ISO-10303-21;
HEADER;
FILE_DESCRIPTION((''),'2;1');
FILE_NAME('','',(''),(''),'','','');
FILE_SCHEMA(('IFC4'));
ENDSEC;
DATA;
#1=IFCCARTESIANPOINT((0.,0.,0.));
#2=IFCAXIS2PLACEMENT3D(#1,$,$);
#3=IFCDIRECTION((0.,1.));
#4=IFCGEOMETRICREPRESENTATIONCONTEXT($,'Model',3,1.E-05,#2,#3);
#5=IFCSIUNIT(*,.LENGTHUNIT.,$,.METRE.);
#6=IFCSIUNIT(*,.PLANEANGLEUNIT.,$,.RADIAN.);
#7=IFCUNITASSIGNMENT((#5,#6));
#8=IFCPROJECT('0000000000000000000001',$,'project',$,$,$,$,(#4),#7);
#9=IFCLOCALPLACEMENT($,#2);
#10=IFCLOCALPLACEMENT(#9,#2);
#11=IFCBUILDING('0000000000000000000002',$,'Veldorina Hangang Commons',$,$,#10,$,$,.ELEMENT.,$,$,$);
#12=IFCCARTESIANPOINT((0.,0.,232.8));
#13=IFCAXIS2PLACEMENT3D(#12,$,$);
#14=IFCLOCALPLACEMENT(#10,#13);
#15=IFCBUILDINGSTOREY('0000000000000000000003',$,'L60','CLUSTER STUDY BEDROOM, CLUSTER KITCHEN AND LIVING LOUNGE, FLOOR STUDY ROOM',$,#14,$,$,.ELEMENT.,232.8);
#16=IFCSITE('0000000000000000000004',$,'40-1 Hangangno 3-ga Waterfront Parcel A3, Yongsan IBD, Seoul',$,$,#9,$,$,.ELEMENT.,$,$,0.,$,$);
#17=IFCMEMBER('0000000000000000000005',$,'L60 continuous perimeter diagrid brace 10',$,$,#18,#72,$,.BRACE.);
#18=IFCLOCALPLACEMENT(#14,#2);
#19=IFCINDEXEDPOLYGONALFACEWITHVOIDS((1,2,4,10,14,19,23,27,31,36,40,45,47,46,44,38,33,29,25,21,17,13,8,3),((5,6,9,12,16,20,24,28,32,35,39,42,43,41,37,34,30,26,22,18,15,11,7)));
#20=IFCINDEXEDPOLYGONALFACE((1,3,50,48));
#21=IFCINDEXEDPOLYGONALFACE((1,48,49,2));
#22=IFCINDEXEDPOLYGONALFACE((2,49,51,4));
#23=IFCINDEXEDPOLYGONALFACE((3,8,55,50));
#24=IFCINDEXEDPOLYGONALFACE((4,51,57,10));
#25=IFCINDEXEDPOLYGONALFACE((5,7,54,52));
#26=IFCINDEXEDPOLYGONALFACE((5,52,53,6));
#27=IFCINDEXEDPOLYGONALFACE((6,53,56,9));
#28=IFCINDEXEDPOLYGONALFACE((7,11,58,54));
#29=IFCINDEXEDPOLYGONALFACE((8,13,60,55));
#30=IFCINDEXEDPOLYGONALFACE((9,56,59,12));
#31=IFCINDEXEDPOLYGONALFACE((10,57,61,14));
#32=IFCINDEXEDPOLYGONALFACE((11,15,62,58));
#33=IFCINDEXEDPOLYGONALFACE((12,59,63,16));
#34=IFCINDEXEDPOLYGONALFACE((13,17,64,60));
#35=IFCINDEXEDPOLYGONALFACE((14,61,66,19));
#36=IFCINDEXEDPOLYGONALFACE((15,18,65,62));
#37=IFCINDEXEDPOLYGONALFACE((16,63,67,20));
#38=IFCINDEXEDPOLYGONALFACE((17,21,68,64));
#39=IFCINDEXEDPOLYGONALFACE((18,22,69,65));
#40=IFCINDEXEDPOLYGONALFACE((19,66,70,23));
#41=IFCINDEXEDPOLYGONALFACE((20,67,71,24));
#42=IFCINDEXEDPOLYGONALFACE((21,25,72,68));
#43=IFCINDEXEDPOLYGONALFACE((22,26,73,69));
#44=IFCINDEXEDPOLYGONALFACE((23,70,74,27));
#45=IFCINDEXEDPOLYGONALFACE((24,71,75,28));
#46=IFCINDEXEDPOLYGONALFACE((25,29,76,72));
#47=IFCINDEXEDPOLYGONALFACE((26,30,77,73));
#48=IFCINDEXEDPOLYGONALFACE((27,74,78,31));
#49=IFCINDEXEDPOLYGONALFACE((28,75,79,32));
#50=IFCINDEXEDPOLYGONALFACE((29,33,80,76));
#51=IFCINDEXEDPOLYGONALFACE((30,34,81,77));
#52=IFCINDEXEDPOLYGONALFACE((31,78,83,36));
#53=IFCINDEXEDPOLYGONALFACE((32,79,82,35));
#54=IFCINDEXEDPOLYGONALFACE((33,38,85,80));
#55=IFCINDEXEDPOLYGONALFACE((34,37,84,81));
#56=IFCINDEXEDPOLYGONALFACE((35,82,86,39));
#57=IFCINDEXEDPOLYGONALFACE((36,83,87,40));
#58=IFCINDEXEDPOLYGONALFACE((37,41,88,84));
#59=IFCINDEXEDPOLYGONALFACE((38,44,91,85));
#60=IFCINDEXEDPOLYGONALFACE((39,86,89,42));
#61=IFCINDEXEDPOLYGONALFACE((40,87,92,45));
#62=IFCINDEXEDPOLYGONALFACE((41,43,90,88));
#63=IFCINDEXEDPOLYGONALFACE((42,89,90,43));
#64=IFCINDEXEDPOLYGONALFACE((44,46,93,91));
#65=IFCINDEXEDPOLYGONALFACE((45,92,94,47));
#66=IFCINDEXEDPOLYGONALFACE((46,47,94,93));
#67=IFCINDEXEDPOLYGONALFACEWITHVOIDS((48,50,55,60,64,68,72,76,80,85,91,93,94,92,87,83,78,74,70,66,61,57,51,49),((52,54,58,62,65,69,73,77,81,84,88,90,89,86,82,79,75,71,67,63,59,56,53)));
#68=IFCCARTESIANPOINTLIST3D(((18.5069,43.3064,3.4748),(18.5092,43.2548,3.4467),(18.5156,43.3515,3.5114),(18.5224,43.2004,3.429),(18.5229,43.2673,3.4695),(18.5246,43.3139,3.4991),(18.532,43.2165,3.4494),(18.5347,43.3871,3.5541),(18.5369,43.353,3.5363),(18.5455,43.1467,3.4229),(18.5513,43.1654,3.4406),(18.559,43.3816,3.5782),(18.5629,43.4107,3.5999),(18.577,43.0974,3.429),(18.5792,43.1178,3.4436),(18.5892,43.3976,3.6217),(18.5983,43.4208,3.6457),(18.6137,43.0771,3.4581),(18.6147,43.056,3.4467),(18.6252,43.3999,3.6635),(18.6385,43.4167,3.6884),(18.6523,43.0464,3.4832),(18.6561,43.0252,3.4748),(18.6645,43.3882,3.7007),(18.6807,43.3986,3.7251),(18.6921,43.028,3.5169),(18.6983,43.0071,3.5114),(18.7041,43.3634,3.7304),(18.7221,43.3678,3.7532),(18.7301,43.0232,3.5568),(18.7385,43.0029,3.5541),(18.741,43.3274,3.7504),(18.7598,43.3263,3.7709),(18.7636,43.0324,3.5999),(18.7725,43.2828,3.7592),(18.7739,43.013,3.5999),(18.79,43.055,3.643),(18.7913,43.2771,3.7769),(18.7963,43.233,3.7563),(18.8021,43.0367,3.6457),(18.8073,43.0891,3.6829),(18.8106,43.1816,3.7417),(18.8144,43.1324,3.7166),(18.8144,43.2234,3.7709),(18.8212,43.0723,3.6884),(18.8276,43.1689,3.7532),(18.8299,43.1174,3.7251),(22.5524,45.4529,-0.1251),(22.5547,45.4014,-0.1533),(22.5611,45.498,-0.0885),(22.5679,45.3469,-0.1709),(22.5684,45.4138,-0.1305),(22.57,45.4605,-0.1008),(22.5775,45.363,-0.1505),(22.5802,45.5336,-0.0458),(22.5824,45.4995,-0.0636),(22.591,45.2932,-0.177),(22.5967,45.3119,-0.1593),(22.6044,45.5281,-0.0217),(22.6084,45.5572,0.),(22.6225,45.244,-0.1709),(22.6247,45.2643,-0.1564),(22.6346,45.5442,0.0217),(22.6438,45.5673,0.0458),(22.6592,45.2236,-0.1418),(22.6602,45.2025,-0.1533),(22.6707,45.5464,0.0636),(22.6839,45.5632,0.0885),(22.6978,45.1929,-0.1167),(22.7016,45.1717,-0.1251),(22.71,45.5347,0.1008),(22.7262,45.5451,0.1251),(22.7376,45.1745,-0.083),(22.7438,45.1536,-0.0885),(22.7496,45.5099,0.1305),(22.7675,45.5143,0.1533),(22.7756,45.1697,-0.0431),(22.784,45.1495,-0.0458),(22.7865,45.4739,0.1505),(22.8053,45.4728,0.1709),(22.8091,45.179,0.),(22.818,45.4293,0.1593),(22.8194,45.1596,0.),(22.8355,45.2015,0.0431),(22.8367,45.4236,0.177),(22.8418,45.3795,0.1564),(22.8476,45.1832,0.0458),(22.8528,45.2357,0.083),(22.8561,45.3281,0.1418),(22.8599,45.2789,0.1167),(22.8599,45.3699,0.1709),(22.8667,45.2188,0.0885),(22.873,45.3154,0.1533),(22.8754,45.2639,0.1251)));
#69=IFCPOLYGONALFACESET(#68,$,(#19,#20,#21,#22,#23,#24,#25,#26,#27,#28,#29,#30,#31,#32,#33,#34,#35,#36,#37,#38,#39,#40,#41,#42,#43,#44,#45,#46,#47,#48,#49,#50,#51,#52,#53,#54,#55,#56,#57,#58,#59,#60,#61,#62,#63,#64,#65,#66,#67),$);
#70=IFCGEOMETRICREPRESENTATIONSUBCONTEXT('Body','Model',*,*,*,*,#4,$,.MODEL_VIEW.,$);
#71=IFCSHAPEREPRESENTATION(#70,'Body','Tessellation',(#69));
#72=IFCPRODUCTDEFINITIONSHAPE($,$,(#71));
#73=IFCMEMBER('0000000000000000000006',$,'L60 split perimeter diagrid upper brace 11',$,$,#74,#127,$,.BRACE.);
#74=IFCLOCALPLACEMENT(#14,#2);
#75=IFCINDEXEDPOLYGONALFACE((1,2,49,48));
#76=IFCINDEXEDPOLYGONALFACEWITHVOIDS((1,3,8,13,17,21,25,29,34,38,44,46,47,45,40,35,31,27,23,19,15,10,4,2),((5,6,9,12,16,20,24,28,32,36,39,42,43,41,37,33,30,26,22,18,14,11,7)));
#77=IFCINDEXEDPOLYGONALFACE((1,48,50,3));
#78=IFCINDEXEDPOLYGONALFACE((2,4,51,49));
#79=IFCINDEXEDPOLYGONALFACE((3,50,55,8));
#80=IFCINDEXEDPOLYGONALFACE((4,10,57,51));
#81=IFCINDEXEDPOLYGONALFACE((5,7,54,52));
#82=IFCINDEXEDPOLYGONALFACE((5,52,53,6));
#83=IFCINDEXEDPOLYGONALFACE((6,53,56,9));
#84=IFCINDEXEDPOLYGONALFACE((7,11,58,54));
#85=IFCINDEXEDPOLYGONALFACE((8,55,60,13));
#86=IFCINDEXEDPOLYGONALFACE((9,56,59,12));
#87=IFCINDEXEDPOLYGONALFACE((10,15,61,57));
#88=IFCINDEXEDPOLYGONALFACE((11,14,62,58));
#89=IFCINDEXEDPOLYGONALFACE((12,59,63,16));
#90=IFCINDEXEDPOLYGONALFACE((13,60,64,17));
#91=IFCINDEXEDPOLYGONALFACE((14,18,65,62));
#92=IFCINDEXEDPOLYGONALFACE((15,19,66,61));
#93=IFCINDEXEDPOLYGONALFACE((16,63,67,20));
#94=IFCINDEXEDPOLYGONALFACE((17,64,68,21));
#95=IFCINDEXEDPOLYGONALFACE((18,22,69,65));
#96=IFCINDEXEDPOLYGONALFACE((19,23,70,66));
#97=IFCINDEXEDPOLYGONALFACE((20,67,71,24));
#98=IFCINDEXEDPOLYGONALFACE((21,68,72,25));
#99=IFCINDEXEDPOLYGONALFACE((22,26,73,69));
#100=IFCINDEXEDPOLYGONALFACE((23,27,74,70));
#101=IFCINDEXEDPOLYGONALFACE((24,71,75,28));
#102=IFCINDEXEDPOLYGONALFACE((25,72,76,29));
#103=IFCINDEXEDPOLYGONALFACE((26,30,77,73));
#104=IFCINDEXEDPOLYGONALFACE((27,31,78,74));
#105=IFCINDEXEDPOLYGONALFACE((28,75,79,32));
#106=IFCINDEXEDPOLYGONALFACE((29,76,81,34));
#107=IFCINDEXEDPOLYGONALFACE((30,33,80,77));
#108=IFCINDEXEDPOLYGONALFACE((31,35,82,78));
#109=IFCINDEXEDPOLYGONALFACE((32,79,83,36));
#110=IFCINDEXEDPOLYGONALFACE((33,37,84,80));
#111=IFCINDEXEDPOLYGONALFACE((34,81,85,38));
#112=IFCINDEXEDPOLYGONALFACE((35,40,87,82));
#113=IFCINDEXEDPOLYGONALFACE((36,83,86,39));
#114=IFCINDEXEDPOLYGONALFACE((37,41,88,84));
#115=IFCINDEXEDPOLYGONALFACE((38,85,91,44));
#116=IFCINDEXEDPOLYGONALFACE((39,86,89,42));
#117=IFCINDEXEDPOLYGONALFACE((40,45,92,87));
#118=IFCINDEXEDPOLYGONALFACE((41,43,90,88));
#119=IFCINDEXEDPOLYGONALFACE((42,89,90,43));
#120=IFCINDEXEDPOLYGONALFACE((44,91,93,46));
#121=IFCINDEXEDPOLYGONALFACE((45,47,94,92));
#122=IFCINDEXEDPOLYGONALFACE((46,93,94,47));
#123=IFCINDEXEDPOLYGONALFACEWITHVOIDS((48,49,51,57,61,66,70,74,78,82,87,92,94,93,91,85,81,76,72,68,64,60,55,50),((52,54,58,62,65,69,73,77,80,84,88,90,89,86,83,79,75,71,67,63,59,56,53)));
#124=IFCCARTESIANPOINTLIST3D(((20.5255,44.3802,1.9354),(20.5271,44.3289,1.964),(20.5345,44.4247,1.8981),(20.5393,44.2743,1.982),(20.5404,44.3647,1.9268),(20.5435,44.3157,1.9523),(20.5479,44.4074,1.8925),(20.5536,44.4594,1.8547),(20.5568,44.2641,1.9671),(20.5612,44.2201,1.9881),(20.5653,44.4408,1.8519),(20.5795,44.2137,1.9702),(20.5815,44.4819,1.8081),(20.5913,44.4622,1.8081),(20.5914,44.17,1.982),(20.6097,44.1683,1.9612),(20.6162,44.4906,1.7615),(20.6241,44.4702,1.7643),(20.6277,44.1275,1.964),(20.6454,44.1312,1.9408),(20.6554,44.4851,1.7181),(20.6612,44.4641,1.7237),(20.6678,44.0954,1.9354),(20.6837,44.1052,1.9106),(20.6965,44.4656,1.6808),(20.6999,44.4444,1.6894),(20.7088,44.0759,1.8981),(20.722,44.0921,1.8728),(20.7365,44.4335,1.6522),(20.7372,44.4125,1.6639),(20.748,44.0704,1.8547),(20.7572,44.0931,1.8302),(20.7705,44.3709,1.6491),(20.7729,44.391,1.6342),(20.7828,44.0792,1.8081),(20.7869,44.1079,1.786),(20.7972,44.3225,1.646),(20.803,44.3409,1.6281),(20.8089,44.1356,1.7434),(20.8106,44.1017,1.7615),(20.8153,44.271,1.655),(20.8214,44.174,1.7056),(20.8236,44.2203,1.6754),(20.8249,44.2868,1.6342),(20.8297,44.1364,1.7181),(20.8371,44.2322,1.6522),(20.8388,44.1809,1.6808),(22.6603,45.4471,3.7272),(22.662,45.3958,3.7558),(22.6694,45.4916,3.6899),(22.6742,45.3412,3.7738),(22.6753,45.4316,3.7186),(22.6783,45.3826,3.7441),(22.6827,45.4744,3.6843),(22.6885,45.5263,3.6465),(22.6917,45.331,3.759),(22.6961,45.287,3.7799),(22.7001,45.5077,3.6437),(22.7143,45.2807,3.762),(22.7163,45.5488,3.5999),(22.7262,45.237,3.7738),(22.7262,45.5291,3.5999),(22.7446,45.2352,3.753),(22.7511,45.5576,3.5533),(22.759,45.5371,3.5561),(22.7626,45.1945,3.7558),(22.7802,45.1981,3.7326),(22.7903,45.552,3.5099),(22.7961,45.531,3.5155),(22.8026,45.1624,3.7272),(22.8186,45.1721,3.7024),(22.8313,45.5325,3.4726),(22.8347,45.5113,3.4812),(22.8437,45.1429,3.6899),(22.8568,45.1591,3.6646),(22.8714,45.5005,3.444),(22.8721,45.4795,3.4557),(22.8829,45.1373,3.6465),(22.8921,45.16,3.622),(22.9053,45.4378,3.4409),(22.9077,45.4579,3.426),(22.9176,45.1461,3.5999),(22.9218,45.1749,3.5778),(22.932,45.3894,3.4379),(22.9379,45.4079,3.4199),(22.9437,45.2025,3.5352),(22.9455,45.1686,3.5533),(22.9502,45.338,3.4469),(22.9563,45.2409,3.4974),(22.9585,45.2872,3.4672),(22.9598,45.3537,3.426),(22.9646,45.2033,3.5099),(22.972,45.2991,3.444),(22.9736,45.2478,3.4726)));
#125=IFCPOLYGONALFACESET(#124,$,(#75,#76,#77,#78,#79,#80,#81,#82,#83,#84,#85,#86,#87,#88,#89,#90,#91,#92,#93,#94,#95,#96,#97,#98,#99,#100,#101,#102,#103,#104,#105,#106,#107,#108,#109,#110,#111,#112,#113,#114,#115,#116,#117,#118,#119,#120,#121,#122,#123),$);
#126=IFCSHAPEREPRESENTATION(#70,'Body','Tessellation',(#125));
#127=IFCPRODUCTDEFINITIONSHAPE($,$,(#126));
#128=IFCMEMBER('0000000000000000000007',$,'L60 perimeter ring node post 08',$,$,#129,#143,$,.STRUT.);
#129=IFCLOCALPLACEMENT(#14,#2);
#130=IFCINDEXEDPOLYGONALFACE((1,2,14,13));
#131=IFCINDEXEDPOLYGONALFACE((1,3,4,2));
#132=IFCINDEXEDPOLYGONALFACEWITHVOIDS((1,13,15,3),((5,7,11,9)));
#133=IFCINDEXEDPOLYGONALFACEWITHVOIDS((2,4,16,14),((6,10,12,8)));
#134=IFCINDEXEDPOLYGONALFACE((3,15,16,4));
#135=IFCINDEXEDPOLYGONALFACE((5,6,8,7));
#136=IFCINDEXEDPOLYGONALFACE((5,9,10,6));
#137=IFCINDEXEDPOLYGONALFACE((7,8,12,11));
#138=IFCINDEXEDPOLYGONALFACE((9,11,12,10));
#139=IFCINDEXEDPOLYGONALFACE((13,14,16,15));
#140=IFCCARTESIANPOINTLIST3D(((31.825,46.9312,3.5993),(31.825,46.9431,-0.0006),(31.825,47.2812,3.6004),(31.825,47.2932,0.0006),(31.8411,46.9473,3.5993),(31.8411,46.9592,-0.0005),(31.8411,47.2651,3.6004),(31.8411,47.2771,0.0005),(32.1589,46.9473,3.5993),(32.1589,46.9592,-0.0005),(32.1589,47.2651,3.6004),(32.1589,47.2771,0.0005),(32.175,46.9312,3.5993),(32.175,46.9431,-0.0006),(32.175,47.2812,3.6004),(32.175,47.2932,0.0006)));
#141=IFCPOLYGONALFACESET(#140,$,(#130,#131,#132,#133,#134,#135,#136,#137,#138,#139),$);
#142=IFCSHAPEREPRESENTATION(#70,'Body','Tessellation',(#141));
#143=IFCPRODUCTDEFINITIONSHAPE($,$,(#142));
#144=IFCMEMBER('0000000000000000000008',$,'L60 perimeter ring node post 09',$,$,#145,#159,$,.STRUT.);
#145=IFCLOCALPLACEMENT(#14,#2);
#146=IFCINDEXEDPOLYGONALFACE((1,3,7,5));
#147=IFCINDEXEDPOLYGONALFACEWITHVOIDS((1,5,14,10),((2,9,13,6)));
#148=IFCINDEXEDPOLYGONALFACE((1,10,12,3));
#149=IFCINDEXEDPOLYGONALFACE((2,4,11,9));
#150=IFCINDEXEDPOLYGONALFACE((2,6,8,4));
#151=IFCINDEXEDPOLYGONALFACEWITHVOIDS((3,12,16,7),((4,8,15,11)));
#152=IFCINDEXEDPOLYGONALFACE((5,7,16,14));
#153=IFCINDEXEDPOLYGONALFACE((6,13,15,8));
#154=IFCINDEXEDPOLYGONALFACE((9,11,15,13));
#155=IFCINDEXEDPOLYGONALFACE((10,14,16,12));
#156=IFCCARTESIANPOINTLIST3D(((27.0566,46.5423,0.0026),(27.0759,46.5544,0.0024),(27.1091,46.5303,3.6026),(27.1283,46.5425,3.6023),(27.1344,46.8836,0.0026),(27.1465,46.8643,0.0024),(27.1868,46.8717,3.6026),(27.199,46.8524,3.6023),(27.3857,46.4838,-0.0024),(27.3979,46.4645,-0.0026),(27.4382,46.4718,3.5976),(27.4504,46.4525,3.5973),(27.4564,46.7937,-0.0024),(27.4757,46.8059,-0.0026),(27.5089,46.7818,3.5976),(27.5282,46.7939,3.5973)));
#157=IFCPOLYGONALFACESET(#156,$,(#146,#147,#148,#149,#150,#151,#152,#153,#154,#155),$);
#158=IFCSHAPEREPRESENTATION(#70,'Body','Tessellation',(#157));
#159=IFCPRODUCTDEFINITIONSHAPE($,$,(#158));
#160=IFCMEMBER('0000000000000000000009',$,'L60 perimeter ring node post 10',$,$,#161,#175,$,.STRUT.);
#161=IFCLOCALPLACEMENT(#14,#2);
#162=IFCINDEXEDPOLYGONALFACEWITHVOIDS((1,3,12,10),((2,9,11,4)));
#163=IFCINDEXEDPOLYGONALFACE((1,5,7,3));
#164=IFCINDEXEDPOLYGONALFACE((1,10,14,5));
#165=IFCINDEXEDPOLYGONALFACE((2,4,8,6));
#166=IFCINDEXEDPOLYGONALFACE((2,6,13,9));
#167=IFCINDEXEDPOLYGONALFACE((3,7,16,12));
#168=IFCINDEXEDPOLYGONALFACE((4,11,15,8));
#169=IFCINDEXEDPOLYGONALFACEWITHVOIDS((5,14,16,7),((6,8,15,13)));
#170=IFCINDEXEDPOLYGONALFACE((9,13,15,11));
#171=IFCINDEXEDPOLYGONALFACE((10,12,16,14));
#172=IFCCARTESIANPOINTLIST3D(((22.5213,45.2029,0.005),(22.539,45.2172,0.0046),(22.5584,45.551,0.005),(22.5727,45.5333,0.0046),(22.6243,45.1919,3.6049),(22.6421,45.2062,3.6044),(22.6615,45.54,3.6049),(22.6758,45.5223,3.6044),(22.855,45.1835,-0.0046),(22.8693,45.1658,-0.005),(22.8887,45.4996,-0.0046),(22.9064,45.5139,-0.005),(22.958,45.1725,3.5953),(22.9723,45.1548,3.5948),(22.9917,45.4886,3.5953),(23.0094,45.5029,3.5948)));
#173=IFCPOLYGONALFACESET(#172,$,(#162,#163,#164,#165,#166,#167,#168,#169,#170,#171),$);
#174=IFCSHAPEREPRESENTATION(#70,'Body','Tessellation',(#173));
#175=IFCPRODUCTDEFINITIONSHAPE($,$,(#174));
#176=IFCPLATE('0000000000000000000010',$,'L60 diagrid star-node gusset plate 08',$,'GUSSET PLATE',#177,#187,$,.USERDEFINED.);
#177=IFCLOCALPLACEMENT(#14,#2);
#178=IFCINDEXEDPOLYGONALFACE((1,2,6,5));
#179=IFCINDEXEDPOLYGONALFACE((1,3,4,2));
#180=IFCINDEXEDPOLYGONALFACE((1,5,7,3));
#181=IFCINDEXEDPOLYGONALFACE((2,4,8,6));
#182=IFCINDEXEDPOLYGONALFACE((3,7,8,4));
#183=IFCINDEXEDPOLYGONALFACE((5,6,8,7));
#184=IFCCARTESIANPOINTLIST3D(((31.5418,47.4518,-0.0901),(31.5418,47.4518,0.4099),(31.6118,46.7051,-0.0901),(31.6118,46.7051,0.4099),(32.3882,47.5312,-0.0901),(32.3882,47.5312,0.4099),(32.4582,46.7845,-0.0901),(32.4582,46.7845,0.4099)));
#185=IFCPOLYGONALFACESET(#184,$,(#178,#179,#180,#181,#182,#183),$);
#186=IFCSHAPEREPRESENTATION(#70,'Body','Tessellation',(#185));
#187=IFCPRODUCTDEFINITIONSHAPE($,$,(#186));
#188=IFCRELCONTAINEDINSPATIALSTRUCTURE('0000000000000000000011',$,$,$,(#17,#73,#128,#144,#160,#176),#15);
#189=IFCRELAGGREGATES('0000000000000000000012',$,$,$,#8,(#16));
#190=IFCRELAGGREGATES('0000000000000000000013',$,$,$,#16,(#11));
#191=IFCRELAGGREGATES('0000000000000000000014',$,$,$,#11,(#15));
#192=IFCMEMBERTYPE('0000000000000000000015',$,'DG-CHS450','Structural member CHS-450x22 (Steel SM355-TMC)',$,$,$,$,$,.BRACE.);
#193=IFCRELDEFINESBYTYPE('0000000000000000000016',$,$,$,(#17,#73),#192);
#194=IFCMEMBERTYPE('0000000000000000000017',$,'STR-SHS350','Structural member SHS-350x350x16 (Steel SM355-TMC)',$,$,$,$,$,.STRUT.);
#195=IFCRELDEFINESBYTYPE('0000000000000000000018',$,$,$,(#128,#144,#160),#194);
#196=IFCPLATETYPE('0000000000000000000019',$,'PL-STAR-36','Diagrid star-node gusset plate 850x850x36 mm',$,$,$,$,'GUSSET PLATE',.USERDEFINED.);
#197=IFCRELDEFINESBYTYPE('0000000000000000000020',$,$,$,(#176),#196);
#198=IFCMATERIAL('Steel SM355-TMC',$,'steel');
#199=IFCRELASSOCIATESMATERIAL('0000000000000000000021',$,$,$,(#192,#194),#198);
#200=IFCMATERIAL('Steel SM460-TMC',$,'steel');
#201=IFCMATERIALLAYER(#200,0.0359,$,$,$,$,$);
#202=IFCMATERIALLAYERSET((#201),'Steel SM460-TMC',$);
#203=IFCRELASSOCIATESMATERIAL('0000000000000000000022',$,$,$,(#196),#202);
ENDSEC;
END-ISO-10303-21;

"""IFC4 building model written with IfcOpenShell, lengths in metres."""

from ifc_helpers import new_model, si_unit, direction, frame, origin, origin_2d, place, context, subcontext, project, spatial, rectangle, hollow_rectangle, hollow_circle, extrude, material, layer, layer_set, material_profile, profile_set, type_object, element, save


model = new_model("IFC4")

# Units and contexts
model_context = context("Model", 3, precision=1e-05, world=origin(), true_north=direction((0.0, 1.0)))
body_context = subcontext(model_context, "Body", "Model", "MODEL_VIEW")
ifc_project = project(units=[si_unit("LENGTHUNIT", "METRE"), si_unit("PLANEANGLEUNIT", "RADIAN")], contexts=[model_context])

# Site, building, storey
site_placement = place(None, origin())
site = spatial("IfcSite", under=ifc_project, at=site_placement, Name="40-1 Hangangno 3-ga Waterfront Parcel A3, Yongsan IBD, Seoul", CompositionType="ELEMENT", RefElevation=0.0)
building_placement = place(site_placement, origin())
building = spatial("IfcBuilding", under=site, at=building_placement, Name="Veldorina Hangang Commons", CompositionType="ELEMENT")
storey_placement = place(building_placement, frame((0.0, 0.0, 232.8)))
storey = spatial("IfcBuildingStorey", under=building, at=storey_placement, Name="L60", Description="CLUSTER STUDY BEDROOM, CLUSTER KITCHEN AND LIVING LOUNGE, FLOOR STUDY ROOM", CompositionType="ELEMENT", Elevation=232.8)

# Shared definitions
ifc_material_1 = material(Name="Steel SM355-TMC", Category="steel")

# Members
ifc_material_profile_1 = material_profile(ifc_material_1, hollow_circle(Radius=0.2251, WallThickness=0.022, at=origin_2d()), Name="CHS-450x22")
ifc_profile_set_1 = profile_set([ifc_material_profile_1], Name="Steel SM355-TMC")
member_type_1 = type_object("IfcMemberType", Name="DG-CHS450", Description="Structural member CHS-450x22 (Steel SM355-TMC)", PredefinedType="BRACE", material=ifc_profile_set_1)
member_1_placement = place(storey_placement, frame((22.7139, 45.3584, 0.0), z_axis=(-0.69448, -0.368489, 0.617991), x_axis=(0.468706, -0.883354, 0.0)))
element("IfcMember", 1, at=member_1_placement, inside=storey, type_object=member_type_1, Name="L60 continuous perimeter diagrid brace 10", PredefinedType="BRACE", context=body_context, shape_type="SweptSolid", body=[
    extrude(hollow_circle(Radius=0.2251, WallThickness=0.022, at=origin_2d()), origin(), (0.0, 0.0, 1.0), 5.8252),
])
member_2_placement = place(storey_placement, frame((20.6821, 44.2805, 1.8081), z_axis=(0.71534, 0.357506, 0.600398), x_axis=(-0.44705, 0.894509, 0.0)))
element("IfcMember", 2, at=member_2_placement, inside=storey, type_object=member_type_1, Name="L60 split perimeter diagrid upper brace 11", PredefinedType="BRACE", context=body_context, shape_type="SweptSolid", body=[
    extrude(hollow_circle(Radius=0.2251, WallThickness=0.022, at=origin_2d()), origin(), (0.0, 0.0, 1.0), 2.9844),
])
ifc_material_profile_2 = material_profile(ifc_material_1, hollow_rectangle(XDim=0.3501, YDim=0.3501, WallThickness=0.0161, at=origin_2d()), Name="SHS-350x350x16")
ifc_profile_set_2 = profile_set([ifc_material_profile_2], Name="Steel SM355-TMC")
member_type_2 = type_object("IfcMemberType", Name="STR-SHS350", Description="Structural member SHS-350x350x16 (Steel SM355-TMC)", PredefinedType="STRUT", material=ifc_profile_set_2)
member_3_placement = place(storey_placement, frame((32.0, 47.1182, 0.0), z_axis=(0.0, -0.003323, 0.999994), x_axis=(1.0, 0.0, 0.0)))
element("IfcMember", 3, at=member_3_placement, inside=storey, type_object=member_type_2, Name="L60 perimeter ring node post 08", PredefinedType="STRUT", context=body_context, shape_type="SweptSolid", body=[
    extrude(hollow_rectangle(XDim=0.3501, YDim=0.3501, WallThickness=0.0161, at=origin_2d()), origin(), (0.0, 0.0, 1.0), 3.5999),
])
member_4_placement = place(storey_placement, frame((27.2661, 46.6741, 0.0), z_axis=(0.01458, -0.003323, 0.999888), x_axis=(0.222209, 0.974999, 0.0)))
element("IfcMember", 4, at=member_4_placement, inside=storey, type_object=member_type_2, Name="L60 perimeter ring node post 09", PredefinedType="STRUT", context=body_context, shape_type="SweptSolid", body=[
    extrude(hollow_rectangle(XDim=0.3501, YDim=0.3501, WallThickness=0.0161, at=origin_2d()), origin(), (0.0, 0.0, 1.0), 3.6003),
])
member_5_placement = place(storey_placement, frame((22.7139, 45.3584, 0.0), z_axis=(0.028608, -0.003051, 0.999586), x_axis=(0.106034, 0.994363, 0.0)))
element("IfcMember", 5, at=member_5_placement, inside=storey, type_object=member_type_2, Name="L60 perimeter ring node post 10", PredefinedType="STRUT", context=body_context, shape_type="SweptSolid", body=[
    extrude(hollow_rectangle(XDim=0.3501, YDim=0.3501, WallThickness=0.0161, at=origin_2d()), origin(), (0.0, 0.0, 1.0), 3.6013),
])

# Plate
ifc_material_2 = material(Name="Steel SM460-TMC", Category="steel")
ifc_layer_1 = layer(ifc_material_2, 0.0359)
ifc_layer_set_1 = layer_set([ifc_layer_1], Name="Steel SM460-TMC")
plate_type = type_object("IfcPlateType", Name="PL-STAR-36", Description="Diagrid star-node gusset plate 850x850x36 mm", ElementType="GUSSET PLATE", PredefinedType="USERDEFINED", material=ifc_layer_set_1)
plate_1_placement = place(storey_placement, frame((32.0, 47.1182, -0.0901), z_axis=(0.0, 0.0, 1.0), x_axis=(-0.995627, -0.093413, 0.0)))
element("IfcPlate", 6, at=plate_1_placement, inside=storey, type_object=plate_type, Name="L60 diagrid star-node gusset plate 08", ObjectType="GUSSET PLATE", PredefinedType="USERDEFINED", context=body_context, shape_type="SweptSolid", body=[
    extrude(rectangle(XDim=0.8501, YDim=0.75, at=origin_2d()), origin(), (0.0, 0.0, 1.0), 0.5),
])

save(model, "model.ifc")
